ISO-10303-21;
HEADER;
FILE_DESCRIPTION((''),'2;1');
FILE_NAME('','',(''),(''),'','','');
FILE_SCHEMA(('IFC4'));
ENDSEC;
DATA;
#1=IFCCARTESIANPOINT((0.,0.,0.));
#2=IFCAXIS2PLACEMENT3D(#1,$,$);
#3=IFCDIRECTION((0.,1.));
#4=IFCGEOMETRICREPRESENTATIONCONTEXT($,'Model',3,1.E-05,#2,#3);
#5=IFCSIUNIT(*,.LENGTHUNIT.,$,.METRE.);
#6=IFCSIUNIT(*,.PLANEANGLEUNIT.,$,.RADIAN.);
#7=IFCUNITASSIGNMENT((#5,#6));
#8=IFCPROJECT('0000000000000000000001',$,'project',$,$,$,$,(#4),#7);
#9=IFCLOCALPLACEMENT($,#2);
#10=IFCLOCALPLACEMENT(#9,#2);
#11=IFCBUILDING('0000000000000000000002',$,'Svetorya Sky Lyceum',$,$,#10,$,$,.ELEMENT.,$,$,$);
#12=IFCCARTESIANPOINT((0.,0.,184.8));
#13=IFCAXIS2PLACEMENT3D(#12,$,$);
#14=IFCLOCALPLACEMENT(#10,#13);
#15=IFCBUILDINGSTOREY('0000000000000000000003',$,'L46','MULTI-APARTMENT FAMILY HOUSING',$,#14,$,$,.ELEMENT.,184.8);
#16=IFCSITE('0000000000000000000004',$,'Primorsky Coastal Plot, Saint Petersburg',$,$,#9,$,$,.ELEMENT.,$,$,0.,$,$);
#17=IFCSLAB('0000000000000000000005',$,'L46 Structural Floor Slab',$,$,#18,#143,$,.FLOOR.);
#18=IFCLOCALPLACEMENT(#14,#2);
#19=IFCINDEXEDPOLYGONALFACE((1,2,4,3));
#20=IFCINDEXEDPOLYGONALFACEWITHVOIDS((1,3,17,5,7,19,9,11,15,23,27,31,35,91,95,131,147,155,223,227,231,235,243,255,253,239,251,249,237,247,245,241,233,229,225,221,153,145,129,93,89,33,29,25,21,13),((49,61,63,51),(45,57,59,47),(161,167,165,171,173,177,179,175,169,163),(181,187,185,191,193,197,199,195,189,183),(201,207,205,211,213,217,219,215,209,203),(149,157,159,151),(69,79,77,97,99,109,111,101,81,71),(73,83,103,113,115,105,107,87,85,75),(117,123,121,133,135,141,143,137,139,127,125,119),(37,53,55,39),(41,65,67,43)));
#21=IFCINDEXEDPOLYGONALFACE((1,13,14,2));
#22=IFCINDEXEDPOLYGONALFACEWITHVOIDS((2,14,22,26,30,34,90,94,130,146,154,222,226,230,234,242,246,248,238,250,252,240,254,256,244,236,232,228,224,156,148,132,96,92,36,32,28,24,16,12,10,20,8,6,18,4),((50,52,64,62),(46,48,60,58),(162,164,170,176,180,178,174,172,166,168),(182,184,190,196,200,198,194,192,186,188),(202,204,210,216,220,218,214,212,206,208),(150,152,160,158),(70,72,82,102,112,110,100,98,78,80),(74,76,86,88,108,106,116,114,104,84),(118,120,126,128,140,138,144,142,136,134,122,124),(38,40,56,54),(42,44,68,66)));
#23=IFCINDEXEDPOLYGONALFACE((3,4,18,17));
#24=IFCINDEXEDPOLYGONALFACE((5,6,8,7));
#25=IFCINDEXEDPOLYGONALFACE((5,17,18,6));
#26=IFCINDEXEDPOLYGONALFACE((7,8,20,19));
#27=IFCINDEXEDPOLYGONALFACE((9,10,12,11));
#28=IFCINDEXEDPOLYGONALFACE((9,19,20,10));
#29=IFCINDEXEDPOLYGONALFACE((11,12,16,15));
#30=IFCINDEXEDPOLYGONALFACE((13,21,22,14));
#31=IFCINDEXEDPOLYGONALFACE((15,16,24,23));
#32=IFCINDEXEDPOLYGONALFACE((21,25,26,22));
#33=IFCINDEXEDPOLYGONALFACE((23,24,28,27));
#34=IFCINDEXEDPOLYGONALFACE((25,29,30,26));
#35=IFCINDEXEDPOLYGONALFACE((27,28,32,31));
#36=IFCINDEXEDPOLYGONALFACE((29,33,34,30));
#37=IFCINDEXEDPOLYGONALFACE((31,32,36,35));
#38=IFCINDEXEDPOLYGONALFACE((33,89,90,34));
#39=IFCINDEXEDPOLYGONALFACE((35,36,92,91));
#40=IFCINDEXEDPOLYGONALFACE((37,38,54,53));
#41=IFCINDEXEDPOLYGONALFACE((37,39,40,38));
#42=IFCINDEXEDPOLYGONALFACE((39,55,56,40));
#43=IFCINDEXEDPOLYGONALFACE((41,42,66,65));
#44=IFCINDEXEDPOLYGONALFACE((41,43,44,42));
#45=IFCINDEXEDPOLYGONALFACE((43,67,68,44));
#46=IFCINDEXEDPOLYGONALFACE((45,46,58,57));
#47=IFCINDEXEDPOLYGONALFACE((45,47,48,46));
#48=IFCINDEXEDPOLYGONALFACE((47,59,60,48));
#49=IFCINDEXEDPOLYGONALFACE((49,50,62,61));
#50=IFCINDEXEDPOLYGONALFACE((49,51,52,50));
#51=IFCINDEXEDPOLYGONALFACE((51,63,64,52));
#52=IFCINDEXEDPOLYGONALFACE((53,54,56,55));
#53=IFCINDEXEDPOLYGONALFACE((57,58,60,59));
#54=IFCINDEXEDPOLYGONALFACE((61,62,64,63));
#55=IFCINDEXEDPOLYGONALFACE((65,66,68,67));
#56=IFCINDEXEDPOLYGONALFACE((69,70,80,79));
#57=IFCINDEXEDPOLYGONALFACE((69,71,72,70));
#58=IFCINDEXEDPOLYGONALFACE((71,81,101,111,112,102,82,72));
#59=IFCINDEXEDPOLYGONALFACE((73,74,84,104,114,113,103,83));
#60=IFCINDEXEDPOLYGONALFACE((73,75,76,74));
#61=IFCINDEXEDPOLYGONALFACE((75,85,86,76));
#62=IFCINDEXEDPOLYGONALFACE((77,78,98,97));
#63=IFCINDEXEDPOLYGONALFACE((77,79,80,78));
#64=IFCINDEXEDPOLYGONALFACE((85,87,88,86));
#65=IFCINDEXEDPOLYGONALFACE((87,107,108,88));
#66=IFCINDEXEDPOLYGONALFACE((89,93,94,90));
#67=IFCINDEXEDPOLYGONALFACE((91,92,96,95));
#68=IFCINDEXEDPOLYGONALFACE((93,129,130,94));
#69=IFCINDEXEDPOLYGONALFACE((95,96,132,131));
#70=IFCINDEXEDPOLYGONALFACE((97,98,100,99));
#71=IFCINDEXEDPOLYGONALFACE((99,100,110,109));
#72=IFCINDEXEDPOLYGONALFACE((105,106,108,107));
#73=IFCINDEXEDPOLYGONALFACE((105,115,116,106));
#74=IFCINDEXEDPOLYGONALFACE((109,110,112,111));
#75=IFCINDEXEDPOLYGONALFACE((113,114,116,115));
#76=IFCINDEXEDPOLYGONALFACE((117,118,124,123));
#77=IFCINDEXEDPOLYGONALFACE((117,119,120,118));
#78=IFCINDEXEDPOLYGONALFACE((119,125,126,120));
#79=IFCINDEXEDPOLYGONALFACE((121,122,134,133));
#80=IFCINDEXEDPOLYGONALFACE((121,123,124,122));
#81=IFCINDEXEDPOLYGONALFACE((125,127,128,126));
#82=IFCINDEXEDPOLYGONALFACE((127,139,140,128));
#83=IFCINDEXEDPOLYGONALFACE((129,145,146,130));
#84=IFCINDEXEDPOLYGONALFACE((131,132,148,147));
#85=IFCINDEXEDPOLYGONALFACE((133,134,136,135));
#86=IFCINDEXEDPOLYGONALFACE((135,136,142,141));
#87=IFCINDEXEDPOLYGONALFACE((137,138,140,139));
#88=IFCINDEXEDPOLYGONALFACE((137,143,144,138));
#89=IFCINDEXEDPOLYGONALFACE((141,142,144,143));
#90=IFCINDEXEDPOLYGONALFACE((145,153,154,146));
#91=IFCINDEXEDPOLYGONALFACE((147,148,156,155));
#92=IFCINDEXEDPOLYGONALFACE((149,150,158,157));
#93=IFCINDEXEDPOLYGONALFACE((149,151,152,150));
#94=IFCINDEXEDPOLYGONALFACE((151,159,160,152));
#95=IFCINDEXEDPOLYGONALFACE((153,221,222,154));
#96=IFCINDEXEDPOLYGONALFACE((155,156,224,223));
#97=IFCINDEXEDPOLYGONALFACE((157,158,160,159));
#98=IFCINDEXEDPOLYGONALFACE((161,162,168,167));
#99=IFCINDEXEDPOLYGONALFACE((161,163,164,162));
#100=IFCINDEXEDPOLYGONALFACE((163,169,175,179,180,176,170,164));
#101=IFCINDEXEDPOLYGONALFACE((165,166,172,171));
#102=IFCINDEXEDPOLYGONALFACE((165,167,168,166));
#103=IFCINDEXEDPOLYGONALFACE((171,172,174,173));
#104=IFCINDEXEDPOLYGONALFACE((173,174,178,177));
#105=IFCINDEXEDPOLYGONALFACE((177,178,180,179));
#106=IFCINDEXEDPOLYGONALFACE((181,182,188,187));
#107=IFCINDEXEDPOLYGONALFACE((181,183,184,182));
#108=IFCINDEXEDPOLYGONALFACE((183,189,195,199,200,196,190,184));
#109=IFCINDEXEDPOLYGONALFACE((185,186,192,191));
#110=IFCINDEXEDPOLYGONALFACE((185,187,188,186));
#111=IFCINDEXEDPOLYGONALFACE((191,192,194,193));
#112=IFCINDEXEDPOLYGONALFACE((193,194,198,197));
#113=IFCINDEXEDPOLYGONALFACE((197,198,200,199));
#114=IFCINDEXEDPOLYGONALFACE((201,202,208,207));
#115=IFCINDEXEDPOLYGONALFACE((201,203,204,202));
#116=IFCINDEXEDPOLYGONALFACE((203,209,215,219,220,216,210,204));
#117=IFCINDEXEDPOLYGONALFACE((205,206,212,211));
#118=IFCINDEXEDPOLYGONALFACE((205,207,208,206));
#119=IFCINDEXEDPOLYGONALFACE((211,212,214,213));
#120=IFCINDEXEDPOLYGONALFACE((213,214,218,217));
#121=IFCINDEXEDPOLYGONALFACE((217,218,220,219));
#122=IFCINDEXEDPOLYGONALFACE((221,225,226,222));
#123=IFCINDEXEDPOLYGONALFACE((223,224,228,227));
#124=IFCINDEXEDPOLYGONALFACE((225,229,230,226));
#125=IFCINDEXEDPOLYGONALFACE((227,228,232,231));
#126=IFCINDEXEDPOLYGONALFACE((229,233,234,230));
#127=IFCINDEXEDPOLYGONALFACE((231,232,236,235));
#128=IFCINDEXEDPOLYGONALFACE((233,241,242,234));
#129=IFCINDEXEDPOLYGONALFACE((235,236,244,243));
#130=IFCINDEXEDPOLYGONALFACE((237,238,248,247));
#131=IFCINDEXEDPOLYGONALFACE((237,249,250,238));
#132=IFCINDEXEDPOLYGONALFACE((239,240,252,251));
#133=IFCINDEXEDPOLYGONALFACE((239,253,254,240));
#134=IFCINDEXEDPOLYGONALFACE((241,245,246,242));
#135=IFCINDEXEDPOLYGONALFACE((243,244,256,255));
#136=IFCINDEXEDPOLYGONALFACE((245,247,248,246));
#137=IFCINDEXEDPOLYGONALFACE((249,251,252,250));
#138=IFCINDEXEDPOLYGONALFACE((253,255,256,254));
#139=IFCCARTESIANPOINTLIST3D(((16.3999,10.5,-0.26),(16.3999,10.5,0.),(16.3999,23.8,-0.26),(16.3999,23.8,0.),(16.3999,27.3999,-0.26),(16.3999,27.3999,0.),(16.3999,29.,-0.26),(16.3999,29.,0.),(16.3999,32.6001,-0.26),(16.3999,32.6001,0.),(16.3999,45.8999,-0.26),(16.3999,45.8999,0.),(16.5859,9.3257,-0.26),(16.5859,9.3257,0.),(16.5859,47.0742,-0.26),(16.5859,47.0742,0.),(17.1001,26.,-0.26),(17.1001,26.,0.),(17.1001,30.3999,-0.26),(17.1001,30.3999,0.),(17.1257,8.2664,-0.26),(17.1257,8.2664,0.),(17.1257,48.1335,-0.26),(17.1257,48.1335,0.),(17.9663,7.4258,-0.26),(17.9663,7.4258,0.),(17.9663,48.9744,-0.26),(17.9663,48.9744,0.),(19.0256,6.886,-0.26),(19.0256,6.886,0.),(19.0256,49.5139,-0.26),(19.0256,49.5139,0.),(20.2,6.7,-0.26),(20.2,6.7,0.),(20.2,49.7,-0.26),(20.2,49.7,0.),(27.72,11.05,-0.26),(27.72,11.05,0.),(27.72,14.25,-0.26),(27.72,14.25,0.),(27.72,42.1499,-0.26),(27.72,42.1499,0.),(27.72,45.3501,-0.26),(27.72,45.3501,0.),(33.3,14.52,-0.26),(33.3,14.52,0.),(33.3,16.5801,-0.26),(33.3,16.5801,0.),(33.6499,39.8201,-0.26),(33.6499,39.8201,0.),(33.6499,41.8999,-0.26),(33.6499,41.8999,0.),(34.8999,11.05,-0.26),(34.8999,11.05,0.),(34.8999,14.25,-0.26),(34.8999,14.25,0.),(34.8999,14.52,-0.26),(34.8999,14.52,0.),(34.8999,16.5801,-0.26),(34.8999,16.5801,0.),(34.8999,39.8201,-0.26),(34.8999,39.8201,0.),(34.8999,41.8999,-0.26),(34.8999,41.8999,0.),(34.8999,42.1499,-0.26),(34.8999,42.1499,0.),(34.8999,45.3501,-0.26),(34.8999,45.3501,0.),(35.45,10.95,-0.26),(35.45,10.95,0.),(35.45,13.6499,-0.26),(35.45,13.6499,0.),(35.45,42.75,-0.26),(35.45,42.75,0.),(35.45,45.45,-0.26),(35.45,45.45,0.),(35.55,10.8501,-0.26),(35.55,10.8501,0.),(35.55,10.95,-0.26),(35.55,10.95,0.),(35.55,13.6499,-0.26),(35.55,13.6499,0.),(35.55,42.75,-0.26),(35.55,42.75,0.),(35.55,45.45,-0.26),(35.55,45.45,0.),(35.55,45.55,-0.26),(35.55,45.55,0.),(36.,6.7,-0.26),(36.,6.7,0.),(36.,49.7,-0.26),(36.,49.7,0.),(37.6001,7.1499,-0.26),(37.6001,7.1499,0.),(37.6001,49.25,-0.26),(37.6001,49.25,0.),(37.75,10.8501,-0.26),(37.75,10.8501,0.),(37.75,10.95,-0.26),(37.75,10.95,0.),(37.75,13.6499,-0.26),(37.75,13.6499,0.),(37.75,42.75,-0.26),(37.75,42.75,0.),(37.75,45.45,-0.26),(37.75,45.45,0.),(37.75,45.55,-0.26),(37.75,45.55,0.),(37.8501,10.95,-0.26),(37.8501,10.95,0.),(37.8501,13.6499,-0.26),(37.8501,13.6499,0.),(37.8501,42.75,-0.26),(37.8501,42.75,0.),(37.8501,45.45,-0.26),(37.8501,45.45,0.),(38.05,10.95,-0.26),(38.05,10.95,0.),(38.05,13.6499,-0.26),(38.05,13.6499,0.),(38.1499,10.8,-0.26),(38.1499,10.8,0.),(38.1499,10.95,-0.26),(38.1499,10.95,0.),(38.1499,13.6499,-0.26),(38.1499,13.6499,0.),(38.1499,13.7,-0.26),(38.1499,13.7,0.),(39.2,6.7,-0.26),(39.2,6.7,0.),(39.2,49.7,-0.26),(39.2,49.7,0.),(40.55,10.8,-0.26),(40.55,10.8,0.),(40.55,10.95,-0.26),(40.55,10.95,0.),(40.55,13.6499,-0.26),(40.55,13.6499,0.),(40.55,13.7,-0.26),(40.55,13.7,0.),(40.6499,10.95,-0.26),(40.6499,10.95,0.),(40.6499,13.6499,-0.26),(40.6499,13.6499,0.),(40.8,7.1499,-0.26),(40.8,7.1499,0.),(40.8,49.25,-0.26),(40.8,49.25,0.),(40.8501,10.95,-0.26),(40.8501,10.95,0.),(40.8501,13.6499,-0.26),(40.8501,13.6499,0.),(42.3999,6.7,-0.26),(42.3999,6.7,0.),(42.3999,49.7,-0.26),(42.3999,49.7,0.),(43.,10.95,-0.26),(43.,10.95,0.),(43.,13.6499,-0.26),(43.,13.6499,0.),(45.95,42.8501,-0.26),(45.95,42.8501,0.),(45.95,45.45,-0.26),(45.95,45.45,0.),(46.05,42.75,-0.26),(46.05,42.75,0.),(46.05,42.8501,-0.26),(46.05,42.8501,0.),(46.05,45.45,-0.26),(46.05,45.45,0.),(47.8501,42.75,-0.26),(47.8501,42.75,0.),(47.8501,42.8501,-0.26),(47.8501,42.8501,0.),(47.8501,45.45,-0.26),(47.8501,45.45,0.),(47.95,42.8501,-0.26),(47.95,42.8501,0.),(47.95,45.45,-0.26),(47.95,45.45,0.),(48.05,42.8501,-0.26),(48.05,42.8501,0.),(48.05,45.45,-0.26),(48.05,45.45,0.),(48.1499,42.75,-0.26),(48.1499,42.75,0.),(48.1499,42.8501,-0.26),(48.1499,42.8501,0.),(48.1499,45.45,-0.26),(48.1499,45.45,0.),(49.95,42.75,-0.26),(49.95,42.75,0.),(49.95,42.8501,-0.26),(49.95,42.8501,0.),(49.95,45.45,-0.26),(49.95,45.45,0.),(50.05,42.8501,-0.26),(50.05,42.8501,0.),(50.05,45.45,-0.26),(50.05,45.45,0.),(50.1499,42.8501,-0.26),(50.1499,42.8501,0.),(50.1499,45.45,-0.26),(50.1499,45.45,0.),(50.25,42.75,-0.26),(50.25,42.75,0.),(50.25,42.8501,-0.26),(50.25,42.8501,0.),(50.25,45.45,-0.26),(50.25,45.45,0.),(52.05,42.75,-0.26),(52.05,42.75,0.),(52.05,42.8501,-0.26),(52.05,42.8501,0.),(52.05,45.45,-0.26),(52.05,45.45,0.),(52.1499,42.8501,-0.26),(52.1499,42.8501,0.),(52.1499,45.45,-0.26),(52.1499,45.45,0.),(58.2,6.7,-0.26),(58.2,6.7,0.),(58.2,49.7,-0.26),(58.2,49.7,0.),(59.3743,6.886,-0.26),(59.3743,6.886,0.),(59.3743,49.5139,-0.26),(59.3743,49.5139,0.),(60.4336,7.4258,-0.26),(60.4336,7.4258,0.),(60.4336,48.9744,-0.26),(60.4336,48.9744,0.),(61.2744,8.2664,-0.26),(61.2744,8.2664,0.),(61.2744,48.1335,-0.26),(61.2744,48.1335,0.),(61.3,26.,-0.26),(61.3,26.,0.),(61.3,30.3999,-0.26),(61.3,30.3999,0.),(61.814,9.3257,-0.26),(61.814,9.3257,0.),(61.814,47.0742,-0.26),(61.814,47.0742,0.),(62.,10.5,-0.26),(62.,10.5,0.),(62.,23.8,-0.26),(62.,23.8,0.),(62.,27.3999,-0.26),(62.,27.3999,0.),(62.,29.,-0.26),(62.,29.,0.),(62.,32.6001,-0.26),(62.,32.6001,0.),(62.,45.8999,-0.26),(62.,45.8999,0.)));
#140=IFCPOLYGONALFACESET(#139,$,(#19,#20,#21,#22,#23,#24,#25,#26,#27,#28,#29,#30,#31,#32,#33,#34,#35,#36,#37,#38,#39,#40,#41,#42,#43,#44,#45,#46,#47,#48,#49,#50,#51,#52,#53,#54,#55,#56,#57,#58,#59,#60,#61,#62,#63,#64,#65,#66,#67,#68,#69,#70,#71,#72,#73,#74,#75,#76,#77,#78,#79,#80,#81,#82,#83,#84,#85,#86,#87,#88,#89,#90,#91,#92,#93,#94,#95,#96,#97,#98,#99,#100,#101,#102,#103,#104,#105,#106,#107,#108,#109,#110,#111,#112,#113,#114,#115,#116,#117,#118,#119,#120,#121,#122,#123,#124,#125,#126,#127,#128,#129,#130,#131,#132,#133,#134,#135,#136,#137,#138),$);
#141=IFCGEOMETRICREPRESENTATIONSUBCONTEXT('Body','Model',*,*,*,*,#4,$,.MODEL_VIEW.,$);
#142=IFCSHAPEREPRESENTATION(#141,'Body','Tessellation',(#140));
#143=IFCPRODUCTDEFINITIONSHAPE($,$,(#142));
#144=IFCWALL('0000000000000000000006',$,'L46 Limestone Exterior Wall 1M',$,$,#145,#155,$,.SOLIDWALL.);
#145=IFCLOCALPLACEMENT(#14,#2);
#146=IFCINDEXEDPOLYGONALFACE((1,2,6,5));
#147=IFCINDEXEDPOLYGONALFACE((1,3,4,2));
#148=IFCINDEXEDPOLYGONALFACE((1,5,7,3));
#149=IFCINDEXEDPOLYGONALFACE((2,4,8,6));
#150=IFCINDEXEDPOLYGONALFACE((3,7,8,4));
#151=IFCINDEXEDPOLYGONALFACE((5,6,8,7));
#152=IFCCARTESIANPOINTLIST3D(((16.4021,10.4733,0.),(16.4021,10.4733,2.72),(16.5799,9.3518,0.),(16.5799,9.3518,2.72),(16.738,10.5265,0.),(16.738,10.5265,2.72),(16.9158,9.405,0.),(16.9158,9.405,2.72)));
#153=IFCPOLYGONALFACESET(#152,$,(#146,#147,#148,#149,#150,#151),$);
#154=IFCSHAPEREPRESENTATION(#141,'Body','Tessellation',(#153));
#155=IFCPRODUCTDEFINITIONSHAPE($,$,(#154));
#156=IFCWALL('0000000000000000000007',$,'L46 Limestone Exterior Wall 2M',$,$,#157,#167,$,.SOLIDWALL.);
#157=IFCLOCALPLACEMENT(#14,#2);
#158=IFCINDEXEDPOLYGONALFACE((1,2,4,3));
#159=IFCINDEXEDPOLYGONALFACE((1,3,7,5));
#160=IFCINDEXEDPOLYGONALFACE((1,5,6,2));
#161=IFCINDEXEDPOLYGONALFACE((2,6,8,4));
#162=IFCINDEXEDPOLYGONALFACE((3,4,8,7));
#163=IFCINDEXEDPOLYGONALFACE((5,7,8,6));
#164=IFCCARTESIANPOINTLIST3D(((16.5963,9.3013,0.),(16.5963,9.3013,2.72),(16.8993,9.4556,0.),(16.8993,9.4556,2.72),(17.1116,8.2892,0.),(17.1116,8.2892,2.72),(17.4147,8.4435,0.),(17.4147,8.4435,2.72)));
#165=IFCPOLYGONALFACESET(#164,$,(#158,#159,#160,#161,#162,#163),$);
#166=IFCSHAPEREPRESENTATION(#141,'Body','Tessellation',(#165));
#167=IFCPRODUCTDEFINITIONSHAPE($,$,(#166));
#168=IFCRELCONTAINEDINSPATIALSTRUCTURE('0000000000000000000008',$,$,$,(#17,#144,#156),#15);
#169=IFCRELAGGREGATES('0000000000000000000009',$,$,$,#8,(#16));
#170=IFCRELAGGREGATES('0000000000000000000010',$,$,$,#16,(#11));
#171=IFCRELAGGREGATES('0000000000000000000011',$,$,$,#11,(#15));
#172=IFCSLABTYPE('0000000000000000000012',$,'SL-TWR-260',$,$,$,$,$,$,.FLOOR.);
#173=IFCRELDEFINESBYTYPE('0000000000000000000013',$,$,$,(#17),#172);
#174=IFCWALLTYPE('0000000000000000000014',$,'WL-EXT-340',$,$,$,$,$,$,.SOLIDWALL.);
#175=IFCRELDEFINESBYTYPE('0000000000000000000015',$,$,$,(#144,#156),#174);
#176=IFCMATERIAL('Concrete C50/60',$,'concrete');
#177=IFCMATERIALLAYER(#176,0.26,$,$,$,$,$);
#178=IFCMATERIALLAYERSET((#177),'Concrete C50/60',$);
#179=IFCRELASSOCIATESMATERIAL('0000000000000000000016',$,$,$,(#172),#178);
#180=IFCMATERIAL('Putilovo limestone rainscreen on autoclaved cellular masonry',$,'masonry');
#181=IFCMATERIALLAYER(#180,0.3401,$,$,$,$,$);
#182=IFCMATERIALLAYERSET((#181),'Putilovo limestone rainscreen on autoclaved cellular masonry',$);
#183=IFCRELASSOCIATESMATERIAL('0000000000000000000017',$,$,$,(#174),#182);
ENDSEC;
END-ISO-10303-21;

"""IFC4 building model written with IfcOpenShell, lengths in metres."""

from ifc_helpers import new_model, si_unit, direction, frame, frame_2d, origin, place, context, subcontext, project, spatial, polyline, rectangle, outline, extrude, material, layer, layer_set, type_object, element, save


model = new_model("IFC4")

# Units and contexts
model_context = context("Model", 3, precision=1e-05, world=origin(), true_north=direction((0.0, 1.0)))
body_context = subcontext(model_context, "Body", "Model", "MODEL_VIEW")
ifc_project = project(units=[si_unit("LENGTHUNIT", "METRE"), si_unit("PLANEANGLEUNIT", "RADIAN")], contexts=[model_context])

# Site, building, storey
site_placement = place(None, origin())
site = spatial("IfcSite", under=ifc_project, at=site_placement, Name="Primorsky Coastal Plot, Saint Petersburg", CompositionType="ELEMENT", RefElevation=0.0)
building_placement = place(site_placement, origin())
building = spatial("IfcBuilding", under=site, at=building_placement, Name="Svetorya Sky Lyceum", CompositionType="ELEMENT")
storey_placement = place(building_placement, frame((0.0, 0.0, 184.8)))
storey = spatial("IfcBuildingStorey", under=building, at=storey_placement, Name="L46", Description="MULTI-APARTMENT FAMILY HOUSING", CompositionType="ELEMENT", Elevation=184.8)

# Shared definitions
ifc_material_1 = material(Name="Concrete C50/60", Category="concrete")

# Slab
ifc_layer_1 = layer(ifc_material_1, 0.26)
ifc_layer_set_1 = layer_set([ifc_layer_1], Name="Concrete C50/60")
slab_type_1 = type_object("IfcSlabType", Name="SL-TWR-260", PredefinedType="FLOOR", material=ifc_layer_set_1)
slab_1_placement = place(storey_placement, frame((0.0, 0.0, -0.26)))
element("IfcSlab", 1, at=slab_1_placement, inside=storey, type_object=slab_type_1, Name="L46 Structural Floor Slab", PredefinedType="FLOOR", context=body_context, shape_type="SweptSolid", body=[
    extrude(outline(polyline([(16.3999, 10.5), (16.5859, 9.3257), (17.1257, 8.2664), (17.9663, 7.4258), (19.0256, 6.886), (20.2, 6.7), (36.0, 6.7), (37.6001, 7.1499), (39.2, 6.7), (40.8, 7.1499), (42.3999, 6.7), (58.2, 6.7), (59.3743, 6.886), (60.4336, 7.4258), (61.2744, 8.2664), (61.814, 9.3257), (62.0, 10.5), (62.0, 23.8), (61.3, 26.0), (62.0, 27.3999), (62.0, 29.0), (61.3, 30.3999), (62.0, 32.6001), (62.0, 45.8999), (61.814, 47.0742), (61.2744, 48.1335), (60.4336, 48.9744), (59.3743, 49.5139), (58.2, 49.7), (42.3999, 49.7), (40.8, 49.25), (39.2, 49.7), (37.6001, 49.25), (36.0, 49.7), (20.2, 49.7), (19.0256, 49.5139), (17.9663, 48.9744), (17.1257, 48.1335), (16.5859, 47.0742), (16.3999, 45.8999), (16.3999, 32.6001), (17.1001, 30.3999), (16.3999, 29.0), (16.3999, 27.3999), (17.1001, 26.0), (16.3999, 23.8), (16.3999, 10.5)]), holes=[polyline([(37.8501, 10.95), (37.75, 10.95), (37.75, 10.8501), (35.55, 10.8501), (35.55, 10.95), (35.45, 10.95), (35.45, 13.6499), (35.55, 13.6499), (37.75, 13.6499), (37.8501, 13.6499), (37.8501, 10.95)]), polyline([(38.1499, 10.8), (38.1499, 10.95), (38.05, 10.95), (38.05, 13.6499), (38.1499, 13.6499), (38.1499, 13.7), (40.55, 13.7), (40.55, 13.6499), (40.6499, 13.6499), (40.6499, 10.95), (40.55, 10.95), (40.55, 10.8), (38.1499, 10.8)]), polyline([(27.72, 11.05), (27.72, 14.25), (34.8999, 14.25), (34.8999, 11.05), (27.72, 11.05)]), polyline([(33.3, 14.52), (33.3, 16.5801), (34.8999, 16.5801), (34.8999, 14.52), (33.3, 14.52)]), polyline([(33.6499, 39.8201), (33.6499, 41.8999), (34.8999, 41.8999), (34.8999, 39.8201), (33.6499, 39.8201)]), polyline([(27.72, 42.1499), (27.72, 45.3501), (34.8999, 45.3501), (34.8999, 42.1499), (27.72, 42.1499)]), polyline([(37.75, 42.75), (35.55, 42.75), (35.45, 42.75), (35.45, 45.45), (35.55, 45.45), (35.55, 45.55), (37.75, 45.55), (37.75, 45.45), (37.8501, 45.45), (37.8501, 42.75), (37.75, 42.75)]), polyline([(40.8501, 10.95), (40.8501, 13.6499), (43.0, 13.6499), (43.0, 10.95), (40.8501, 10.95)]), polyline([(46.05, 42.75), (46.05, 42.8501), (45.95, 42.8501), (45.95, 45.45), (46.05, 45.45), (47.8501, 45.45), (47.95, 45.45), (47.95, 42.8501), (47.8501, 42.8501), (47.8501, 42.75), (46.05, 42.75)]), polyline([(50.05, 42.8501), (49.95, 42.8501), (49.95, 42.75), (48.1499, 42.75), (48.1499, 42.8501), (48.05, 42.8501), (48.05, 45.45), (48.1499, 45.45), (49.95, 45.45), (50.05, 45.45), (50.05, 42.8501)]), polyline([(52.1499, 42.8501), (52.05, 42.8501), (52.05, 42.75), (50.25, 42.75), (50.25, 42.8501), (50.1499, 42.8501), (50.1499, 45.45), (50.25, 45.45), (52.05, 45.45), (52.1499, 45.45), (52.1499, 42.8501)])]), origin(), (0.0, 0.0, 1.0), 0.26),
])

# Walls
ifc_material_2 = material(Name="Putilovo limestone rainscreen on autoclaved cellular masonry", Category="masonry")
ifc_layer_2 = layer(ifc_material_2, 0.3401)
ifc_layer_set_2 = layer_set([ifc_layer_2], Name="Putilovo limestone rainscreen on autoclaved cellular masonry")
wall_type_1 = type_object("IfcWallType", Name="WL-EXT-340", PredefinedType="SOLIDWALL", material=ifc_layer_set_2)
wall_1_placement = place(storey_placement, frame((16.5701, 10.5, 0.0), z_axis=(0.0, 0.0, 1.0), x_axis=(0.156515, -0.987676, 0.0)))
element("IfcWall", 2, at=wall_1_placement, inside=storey, type_object=wall_type_1, Name="L46 Limestone Exterior Wall 1M", PredefinedType="SOLIDWALL", context=body_context, shape_type="SweptSolid", body=[
    extrude(rectangle(XDim=1.1355, YDim=0.3401, at=frame_2d((0.5679, 0.0))), origin(), (0.0, 0.0, 1.0), 2.72),
])
wall_2_placement = place(storey_placement, frame((16.7478, 9.3784, 0.0), z_axis=(0.0, 0.0, 1.0), x_axis=(0.453736, -0.891136, 0.0)))
element("IfcWall", 3, at=wall_2_placement, inside=storey, type_object=wall_type_1, Name="L46 Limestone Exterior Wall 2M", PredefinedType="SOLIDWALL", context=body_context, shape_type="SweptSolid", body=[
    extrude(rectangle(XDim=1.1357, YDim=0.3401, at=frame_2d((0.5679, 0.0))), origin(), (0.0, 0.0, 1.0), 2.72),
])

save(model, "model.ifc")
